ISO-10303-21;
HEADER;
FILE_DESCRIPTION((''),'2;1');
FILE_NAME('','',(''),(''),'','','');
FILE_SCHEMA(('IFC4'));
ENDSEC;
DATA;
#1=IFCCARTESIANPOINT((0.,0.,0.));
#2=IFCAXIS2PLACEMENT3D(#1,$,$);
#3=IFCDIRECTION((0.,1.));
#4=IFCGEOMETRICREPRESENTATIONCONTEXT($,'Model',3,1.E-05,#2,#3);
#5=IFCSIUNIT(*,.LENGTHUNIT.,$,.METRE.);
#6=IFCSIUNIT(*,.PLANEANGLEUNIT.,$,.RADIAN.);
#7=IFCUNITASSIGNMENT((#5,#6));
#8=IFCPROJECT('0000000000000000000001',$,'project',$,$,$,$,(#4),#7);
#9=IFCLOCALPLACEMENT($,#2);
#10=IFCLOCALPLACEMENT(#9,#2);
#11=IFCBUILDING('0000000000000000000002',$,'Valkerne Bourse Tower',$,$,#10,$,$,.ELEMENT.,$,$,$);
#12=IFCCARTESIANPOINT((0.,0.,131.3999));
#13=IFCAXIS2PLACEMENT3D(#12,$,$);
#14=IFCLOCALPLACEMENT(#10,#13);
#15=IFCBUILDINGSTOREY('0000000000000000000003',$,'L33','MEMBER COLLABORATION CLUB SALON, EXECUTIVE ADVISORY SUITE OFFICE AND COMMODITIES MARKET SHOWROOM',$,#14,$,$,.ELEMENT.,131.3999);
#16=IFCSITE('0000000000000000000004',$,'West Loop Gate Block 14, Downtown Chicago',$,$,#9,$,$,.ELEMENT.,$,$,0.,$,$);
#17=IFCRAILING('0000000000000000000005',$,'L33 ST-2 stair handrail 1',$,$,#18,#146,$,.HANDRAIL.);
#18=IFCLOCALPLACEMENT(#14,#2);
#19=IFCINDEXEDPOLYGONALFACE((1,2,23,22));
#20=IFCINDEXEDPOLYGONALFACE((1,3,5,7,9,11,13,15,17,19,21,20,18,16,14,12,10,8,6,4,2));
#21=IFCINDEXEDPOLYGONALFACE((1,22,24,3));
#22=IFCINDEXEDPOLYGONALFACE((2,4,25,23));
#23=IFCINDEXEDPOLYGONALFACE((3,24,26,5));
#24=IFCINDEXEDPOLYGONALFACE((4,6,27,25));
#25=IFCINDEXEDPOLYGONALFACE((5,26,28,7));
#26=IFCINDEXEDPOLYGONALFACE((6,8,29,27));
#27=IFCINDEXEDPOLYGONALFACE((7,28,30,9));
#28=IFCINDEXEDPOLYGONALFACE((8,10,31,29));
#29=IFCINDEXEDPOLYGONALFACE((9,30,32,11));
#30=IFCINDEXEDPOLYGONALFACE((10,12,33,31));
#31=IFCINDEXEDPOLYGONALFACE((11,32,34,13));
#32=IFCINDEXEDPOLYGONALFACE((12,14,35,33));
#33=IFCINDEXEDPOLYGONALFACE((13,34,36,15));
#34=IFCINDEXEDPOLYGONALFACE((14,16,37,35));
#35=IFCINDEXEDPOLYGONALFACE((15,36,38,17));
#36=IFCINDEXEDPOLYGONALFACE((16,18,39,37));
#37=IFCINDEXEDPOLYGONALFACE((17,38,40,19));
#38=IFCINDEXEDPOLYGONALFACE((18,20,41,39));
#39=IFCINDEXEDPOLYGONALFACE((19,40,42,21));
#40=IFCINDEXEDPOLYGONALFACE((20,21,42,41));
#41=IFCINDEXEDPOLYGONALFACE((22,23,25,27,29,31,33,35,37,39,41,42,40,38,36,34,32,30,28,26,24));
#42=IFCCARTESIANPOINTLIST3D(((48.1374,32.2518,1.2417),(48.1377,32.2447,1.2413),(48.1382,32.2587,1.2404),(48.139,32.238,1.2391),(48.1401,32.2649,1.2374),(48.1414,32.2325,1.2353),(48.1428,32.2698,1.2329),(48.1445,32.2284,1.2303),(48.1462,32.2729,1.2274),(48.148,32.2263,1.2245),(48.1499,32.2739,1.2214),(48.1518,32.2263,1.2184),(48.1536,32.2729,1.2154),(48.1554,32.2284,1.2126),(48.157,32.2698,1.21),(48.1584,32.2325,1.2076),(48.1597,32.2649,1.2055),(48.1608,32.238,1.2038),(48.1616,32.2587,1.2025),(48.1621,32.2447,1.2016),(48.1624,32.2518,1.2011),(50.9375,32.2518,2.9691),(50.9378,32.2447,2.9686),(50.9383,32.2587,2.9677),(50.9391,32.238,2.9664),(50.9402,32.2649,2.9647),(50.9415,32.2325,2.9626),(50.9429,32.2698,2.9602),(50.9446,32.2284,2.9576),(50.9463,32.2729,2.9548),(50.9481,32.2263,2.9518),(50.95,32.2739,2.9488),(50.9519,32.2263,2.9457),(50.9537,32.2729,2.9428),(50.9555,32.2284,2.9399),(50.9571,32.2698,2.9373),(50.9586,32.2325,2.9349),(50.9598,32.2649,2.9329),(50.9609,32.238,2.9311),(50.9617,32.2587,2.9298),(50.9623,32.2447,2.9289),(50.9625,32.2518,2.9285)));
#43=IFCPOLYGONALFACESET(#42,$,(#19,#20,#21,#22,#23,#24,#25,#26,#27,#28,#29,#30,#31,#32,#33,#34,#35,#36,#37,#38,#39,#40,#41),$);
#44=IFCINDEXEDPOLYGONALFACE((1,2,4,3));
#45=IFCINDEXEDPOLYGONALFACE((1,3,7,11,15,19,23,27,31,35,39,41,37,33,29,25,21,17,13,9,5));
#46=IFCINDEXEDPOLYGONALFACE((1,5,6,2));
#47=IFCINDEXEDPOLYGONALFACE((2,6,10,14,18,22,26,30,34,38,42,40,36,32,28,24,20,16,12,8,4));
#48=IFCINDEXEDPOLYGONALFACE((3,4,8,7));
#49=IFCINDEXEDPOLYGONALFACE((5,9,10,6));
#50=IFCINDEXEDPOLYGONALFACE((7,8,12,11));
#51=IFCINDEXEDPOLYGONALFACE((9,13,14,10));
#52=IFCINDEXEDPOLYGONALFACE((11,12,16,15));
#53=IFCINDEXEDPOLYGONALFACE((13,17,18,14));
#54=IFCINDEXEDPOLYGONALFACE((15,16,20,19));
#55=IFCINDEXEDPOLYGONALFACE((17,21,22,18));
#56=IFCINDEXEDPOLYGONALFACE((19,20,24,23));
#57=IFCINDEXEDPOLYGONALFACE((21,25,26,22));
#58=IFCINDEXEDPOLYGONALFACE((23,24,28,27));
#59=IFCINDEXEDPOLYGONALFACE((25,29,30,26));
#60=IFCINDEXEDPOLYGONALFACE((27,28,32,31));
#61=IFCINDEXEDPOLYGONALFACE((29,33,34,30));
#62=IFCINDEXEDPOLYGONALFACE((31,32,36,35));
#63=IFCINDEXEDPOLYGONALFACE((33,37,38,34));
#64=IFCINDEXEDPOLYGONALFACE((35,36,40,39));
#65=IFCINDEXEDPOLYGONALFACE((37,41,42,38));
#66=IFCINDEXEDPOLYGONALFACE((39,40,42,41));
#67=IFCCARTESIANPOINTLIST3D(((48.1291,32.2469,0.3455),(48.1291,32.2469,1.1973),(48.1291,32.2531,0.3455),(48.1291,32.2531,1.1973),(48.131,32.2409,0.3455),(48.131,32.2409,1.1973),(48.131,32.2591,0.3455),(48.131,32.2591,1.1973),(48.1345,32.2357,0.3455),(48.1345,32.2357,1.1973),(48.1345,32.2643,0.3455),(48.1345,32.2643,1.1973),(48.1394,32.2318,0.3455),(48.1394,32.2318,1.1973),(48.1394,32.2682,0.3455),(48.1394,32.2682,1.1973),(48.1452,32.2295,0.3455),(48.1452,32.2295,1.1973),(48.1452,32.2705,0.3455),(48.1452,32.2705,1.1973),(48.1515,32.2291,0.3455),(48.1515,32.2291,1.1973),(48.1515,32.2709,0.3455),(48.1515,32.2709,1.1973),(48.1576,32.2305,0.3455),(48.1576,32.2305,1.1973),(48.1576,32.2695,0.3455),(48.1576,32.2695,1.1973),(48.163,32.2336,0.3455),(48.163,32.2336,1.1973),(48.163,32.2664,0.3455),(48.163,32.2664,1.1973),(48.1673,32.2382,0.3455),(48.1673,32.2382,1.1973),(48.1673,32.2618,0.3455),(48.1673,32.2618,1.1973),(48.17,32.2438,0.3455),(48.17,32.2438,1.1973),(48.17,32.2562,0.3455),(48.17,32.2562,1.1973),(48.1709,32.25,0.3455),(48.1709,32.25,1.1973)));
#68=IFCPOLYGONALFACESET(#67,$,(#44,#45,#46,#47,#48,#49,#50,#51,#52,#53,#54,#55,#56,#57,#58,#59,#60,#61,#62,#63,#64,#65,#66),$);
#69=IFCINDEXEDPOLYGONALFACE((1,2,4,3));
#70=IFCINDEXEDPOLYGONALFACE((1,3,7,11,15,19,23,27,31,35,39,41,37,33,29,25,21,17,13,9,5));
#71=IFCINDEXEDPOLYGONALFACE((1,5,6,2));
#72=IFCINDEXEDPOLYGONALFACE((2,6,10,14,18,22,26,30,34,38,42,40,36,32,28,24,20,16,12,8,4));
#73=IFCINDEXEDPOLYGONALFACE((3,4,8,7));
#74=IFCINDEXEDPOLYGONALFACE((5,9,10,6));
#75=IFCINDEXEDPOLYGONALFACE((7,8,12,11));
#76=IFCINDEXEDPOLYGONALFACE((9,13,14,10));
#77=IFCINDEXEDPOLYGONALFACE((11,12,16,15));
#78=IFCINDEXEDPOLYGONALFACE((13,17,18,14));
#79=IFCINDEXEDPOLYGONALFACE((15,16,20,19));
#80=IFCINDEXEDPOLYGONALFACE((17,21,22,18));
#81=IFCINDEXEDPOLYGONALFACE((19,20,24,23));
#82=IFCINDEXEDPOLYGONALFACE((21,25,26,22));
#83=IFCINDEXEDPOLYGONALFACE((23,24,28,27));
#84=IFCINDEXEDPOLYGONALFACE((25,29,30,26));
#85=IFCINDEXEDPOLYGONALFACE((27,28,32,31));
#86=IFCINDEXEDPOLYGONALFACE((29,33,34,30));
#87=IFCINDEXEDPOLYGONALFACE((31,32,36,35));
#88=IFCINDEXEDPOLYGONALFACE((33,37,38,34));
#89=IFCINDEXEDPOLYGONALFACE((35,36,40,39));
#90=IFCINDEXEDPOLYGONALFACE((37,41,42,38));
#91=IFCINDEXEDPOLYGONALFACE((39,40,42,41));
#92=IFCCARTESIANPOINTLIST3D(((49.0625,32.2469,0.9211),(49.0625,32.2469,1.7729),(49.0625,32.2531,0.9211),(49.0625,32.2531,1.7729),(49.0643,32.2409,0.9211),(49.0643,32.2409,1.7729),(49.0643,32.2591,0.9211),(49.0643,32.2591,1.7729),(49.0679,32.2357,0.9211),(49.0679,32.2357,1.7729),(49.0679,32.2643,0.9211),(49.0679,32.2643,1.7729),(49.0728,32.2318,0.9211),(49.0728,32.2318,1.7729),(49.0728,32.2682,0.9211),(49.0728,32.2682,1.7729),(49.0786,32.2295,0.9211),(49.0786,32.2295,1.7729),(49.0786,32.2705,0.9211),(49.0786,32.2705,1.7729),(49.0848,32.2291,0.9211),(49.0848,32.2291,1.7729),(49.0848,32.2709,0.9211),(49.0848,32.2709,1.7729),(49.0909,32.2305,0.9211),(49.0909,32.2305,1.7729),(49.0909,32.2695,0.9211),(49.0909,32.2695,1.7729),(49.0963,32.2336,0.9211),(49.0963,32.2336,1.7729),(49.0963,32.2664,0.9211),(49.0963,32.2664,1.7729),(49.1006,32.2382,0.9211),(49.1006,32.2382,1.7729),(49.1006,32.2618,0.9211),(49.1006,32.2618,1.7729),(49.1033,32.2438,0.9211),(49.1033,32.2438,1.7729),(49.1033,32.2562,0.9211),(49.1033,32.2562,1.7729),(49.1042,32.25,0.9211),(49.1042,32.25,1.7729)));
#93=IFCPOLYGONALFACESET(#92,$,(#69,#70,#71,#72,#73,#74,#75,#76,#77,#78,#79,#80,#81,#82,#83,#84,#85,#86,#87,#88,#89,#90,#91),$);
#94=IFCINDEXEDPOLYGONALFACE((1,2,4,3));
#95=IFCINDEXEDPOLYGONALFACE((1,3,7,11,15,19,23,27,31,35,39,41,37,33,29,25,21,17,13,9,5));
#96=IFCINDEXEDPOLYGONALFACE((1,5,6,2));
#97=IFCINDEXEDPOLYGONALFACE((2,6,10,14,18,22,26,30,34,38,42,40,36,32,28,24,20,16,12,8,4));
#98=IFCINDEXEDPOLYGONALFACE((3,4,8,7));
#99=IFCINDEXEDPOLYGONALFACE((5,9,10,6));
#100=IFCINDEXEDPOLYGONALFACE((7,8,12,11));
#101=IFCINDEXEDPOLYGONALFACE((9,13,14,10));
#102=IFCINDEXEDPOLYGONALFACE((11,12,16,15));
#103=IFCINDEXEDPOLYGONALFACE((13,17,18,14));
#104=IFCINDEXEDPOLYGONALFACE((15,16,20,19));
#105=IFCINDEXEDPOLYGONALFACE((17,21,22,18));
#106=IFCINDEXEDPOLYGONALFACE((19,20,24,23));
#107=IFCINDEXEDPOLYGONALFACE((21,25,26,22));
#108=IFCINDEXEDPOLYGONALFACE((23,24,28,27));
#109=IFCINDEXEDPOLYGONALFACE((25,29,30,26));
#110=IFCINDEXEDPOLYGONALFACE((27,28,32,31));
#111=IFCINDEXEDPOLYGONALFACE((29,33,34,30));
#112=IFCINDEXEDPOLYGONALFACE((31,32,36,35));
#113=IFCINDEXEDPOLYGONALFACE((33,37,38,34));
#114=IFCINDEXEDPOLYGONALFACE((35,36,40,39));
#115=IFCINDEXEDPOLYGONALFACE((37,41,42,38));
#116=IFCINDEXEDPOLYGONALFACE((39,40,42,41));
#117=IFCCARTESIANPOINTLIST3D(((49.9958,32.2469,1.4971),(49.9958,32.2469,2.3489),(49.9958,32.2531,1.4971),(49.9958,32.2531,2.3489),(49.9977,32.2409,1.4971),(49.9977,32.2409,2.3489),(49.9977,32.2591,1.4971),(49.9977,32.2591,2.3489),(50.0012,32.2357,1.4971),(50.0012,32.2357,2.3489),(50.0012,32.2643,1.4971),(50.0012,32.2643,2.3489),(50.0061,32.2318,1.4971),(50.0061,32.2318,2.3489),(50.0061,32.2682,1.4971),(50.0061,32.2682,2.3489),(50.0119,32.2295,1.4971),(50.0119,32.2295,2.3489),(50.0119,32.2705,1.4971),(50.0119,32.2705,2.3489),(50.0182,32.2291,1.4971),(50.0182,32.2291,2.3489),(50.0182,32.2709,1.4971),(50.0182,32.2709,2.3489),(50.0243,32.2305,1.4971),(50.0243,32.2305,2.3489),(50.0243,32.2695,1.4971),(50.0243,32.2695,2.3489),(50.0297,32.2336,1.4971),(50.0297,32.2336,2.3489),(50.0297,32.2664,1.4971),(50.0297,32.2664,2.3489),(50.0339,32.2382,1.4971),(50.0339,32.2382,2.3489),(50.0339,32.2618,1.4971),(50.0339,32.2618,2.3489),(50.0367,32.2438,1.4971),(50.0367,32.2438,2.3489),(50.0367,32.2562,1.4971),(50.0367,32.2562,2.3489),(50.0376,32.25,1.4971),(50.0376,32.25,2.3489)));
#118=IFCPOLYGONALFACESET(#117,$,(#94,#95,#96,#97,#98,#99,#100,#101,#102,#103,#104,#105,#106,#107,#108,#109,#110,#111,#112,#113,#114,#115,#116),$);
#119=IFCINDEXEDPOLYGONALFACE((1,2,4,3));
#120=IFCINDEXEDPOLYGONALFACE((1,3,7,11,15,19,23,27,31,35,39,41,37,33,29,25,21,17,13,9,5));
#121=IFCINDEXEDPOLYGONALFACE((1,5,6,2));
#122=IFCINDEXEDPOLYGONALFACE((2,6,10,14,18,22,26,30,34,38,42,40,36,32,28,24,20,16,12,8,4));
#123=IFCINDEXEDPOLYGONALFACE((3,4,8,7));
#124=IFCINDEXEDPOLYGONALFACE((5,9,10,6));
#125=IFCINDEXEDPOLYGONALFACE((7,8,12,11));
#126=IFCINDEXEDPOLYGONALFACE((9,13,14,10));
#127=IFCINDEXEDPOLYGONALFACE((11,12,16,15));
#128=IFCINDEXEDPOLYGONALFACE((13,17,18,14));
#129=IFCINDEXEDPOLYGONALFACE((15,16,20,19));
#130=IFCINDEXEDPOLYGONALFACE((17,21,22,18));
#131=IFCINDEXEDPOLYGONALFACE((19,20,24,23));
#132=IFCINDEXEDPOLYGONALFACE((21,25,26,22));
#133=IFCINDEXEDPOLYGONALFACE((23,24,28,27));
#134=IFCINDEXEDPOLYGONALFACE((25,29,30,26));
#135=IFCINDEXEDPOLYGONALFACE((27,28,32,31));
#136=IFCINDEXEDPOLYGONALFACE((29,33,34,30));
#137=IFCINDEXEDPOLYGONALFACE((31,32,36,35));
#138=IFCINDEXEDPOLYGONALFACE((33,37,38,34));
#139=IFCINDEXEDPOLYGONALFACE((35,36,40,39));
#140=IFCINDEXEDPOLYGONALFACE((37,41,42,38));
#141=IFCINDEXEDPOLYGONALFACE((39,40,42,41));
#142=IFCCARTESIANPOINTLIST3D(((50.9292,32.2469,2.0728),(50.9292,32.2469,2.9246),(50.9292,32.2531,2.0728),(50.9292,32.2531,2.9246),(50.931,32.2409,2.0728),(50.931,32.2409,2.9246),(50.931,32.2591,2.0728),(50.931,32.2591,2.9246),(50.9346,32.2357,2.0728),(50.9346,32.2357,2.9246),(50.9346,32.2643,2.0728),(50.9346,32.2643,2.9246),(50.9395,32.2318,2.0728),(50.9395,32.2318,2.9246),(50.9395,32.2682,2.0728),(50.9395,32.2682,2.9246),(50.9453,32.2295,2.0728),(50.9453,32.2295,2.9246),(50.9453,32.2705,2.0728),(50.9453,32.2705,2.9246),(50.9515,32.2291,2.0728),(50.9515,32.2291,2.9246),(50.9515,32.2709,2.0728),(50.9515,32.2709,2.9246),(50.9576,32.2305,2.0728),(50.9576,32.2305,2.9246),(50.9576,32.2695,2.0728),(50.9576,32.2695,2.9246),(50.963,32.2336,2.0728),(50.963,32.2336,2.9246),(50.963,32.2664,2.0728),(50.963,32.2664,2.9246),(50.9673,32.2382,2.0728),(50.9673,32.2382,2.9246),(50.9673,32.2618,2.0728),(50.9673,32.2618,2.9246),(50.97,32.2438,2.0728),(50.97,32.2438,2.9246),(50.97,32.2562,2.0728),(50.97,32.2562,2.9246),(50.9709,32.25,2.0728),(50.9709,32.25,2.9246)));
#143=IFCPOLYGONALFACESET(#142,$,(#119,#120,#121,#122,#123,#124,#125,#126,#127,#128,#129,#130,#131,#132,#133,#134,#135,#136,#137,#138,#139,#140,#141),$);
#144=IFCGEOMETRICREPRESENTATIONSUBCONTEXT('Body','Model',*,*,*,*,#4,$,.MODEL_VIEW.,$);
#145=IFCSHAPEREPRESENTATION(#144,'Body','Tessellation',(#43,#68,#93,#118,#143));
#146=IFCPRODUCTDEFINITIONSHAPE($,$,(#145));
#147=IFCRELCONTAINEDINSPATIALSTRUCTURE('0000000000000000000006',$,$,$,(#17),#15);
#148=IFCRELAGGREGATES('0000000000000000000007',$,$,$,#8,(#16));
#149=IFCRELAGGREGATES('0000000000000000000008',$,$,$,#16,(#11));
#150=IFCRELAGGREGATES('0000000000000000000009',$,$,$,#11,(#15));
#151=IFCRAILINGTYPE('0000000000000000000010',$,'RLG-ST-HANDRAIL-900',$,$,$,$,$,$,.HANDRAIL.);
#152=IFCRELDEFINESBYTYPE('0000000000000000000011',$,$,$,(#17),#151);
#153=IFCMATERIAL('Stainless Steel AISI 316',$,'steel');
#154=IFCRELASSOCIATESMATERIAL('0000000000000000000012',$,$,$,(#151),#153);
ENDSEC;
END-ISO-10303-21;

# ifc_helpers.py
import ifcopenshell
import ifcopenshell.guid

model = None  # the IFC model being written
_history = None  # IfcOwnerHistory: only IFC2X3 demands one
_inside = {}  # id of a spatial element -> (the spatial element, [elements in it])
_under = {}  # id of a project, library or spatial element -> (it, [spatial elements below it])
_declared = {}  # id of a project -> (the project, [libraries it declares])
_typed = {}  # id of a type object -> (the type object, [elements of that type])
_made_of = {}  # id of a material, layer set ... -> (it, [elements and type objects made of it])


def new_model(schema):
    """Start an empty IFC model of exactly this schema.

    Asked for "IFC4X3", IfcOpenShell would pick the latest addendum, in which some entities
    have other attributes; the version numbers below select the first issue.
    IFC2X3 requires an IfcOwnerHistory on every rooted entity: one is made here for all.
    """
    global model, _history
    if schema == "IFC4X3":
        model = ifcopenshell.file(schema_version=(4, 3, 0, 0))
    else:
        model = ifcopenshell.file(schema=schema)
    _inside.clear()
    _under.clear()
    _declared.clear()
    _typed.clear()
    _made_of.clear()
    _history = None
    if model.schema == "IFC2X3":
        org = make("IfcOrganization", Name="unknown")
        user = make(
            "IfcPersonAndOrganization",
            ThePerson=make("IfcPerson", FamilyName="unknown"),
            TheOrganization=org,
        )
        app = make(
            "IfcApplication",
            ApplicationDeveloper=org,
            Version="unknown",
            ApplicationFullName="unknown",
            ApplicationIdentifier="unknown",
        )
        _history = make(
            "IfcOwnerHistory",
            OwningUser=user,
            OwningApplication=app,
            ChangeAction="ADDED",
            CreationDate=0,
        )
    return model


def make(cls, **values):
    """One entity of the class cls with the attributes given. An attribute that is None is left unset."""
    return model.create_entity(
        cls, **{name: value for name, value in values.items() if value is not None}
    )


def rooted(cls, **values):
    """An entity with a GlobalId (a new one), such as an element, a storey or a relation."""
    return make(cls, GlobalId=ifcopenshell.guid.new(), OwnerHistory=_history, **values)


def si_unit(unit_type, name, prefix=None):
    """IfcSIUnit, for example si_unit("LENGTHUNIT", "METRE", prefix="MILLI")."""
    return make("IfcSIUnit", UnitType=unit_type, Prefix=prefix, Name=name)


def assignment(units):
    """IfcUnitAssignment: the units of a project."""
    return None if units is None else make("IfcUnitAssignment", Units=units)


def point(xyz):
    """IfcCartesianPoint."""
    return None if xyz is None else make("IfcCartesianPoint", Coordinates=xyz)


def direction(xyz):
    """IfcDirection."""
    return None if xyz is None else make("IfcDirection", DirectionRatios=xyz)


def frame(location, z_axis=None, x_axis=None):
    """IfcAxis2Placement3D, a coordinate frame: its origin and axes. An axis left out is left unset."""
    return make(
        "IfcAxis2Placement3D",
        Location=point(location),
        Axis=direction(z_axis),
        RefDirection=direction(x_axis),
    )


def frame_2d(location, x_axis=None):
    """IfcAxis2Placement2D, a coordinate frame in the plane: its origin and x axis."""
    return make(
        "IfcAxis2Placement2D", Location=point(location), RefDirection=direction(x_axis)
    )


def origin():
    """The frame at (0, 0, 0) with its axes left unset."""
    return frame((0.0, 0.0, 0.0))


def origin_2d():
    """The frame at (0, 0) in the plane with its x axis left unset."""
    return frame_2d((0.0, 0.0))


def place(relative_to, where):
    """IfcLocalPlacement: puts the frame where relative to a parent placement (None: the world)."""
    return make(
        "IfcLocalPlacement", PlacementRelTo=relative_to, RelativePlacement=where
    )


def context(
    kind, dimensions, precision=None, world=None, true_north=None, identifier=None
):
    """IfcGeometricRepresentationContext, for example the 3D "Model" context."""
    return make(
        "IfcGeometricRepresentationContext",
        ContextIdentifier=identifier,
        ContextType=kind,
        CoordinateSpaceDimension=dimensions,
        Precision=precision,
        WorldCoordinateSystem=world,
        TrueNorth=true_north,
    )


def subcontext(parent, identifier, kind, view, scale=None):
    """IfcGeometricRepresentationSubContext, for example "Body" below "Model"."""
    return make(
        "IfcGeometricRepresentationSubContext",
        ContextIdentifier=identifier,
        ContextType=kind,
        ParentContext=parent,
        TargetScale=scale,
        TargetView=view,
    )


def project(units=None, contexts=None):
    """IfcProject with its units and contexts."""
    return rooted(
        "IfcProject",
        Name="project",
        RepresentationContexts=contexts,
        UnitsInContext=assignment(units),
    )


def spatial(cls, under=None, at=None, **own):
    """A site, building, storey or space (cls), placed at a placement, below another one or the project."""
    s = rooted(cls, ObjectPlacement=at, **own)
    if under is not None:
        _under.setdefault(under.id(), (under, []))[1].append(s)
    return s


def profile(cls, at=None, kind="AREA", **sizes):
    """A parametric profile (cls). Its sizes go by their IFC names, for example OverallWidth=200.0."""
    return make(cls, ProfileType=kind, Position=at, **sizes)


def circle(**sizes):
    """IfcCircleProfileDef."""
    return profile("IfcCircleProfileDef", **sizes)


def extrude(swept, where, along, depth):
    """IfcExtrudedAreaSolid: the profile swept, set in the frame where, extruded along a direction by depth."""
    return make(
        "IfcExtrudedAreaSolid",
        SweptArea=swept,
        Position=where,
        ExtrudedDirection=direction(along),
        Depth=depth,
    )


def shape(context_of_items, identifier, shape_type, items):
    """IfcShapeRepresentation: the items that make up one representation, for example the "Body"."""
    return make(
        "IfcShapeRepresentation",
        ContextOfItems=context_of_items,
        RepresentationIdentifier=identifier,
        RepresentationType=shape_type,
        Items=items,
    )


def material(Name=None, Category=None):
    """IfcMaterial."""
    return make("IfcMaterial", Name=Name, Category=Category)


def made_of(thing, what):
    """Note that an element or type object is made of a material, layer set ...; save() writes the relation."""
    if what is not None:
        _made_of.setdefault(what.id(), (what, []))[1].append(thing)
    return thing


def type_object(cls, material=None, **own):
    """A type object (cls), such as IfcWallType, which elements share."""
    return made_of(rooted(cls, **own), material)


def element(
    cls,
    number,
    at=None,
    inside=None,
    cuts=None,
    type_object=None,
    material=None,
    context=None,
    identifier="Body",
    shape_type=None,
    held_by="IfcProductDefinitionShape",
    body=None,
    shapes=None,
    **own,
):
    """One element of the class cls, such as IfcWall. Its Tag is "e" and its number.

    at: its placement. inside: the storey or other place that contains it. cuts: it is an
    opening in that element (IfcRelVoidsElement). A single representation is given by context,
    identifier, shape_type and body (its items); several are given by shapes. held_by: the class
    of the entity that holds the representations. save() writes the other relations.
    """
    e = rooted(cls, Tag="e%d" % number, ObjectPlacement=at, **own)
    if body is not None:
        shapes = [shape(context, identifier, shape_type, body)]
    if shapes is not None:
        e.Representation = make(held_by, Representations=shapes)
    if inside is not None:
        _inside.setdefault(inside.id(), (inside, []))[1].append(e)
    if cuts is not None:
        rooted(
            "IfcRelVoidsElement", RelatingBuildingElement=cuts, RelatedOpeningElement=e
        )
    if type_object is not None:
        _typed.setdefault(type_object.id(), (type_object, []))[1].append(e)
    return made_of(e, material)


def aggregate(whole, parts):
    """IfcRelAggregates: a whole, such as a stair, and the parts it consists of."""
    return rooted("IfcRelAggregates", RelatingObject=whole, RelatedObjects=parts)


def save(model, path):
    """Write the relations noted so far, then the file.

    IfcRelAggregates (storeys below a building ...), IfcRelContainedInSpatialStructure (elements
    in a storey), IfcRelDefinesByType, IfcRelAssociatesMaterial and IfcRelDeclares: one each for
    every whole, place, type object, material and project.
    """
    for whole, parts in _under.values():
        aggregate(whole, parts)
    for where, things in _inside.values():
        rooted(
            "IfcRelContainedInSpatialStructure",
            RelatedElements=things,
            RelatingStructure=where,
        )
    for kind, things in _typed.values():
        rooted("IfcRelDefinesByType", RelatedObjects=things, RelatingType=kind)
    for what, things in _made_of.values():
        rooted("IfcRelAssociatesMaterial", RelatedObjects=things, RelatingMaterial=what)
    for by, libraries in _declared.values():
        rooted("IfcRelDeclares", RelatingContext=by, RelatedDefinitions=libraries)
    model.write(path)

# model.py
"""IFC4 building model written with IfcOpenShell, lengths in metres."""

from ifc_helpers import new_model, si_unit, direction, frame, origin, origin_2d, place, context, subcontext, project, spatial, circle, extrude, material, type_object, element, save


model = new_model("IFC4")

# Units and contexts
model_context = context("Model", 3, precision=1e-05, world=origin(), true_north=direction((0.0, 1.0)))
body_context = subcontext(model_context, "Body", "Model", "MODEL_VIEW")
ifc_project = project(units=[si_unit("LENGTHUNIT", "METRE"), si_unit("PLANEANGLEUNIT", "RADIAN")], contexts=[model_context])

# Site, building, storey
site_placement = place(None, origin())
site = spatial("IfcSite", under=ifc_project, at=site_placement, Name="West Loop Gate Block 14, Downtown Chicago", CompositionType="ELEMENT", RefElevation=0.0)
building_placement = place(site_placement, origin())
building = spatial("IfcBuilding", under=site, at=building_placement, Name="Valkerne Bourse Tower", CompositionType="ELEMENT")
storey_placement = place(building_placement, frame((0.0, 0.0, 131.3999)))
storey = spatial("IfcBuildingStorey", under=building, at=storey_placement, Name="L33", Description="MEMBER COLLABORATION CLUB SALON, EXECUTIVE ADVISORY SUITE OFFICE AND COMMODITIES MARKET SHOWROOM", CompositionType="ELEMENT", Elevation=131.3999)

# Shared definitions
ifc_material_1 = material(Name="Stainless Steel AISI 316", Category="steel")

# Railing
railing_type_1 = type_object("IfcRailingType", Name="RLG-ST-HANDRAIL-900", PredefinedType="HANDRAIL", material=ifc_material_1)
railing_1_placement = place(storey_placement, frame((48.1499, 32.25, 0.3455)))
element("IfcRailing", 1, at=railing_1_placement, inside=storey, type_object=railing_type_1, Name="L33 ST-2 stair handrail 1", PredefinedType="HANDRAIL", context=body_context, shape_type="SweptSolid", body=[
    extrude(circle(Radius=0.0239, at=origin_2d()), frame((0.0, 0.0, 0.876), z_axis=(0.85109, 0.0, 0.52502), x_axis=(0.0, 1.0, 0.0)), (0.0, 0.0, 1.0), 3.29),
    extrude(circle(Radius=0.021, at=origin_2d()), origin(), (0.0, 0.0, 1.0), 0.8518),
    extrude(circle(Radius=0.021, at=origin_2d()), frame((0.9333, 0.0, 0.5757)), (0.0, 0.0, 1.0), 0.8518),
    extrude(circle(Radius=0.021, at=origin_2d()), frame((1.8667, 0.0, 1.1516)), (0.0, 0.0, 1.0), 0.8518),
    extrude(circle(Radius=0.021, at=origin_2d()), frame((2.8, 0.0, 1.7273)), (0.0, 0.0, 1.0), 0.8518),
])

save(model, "model.ifc")
